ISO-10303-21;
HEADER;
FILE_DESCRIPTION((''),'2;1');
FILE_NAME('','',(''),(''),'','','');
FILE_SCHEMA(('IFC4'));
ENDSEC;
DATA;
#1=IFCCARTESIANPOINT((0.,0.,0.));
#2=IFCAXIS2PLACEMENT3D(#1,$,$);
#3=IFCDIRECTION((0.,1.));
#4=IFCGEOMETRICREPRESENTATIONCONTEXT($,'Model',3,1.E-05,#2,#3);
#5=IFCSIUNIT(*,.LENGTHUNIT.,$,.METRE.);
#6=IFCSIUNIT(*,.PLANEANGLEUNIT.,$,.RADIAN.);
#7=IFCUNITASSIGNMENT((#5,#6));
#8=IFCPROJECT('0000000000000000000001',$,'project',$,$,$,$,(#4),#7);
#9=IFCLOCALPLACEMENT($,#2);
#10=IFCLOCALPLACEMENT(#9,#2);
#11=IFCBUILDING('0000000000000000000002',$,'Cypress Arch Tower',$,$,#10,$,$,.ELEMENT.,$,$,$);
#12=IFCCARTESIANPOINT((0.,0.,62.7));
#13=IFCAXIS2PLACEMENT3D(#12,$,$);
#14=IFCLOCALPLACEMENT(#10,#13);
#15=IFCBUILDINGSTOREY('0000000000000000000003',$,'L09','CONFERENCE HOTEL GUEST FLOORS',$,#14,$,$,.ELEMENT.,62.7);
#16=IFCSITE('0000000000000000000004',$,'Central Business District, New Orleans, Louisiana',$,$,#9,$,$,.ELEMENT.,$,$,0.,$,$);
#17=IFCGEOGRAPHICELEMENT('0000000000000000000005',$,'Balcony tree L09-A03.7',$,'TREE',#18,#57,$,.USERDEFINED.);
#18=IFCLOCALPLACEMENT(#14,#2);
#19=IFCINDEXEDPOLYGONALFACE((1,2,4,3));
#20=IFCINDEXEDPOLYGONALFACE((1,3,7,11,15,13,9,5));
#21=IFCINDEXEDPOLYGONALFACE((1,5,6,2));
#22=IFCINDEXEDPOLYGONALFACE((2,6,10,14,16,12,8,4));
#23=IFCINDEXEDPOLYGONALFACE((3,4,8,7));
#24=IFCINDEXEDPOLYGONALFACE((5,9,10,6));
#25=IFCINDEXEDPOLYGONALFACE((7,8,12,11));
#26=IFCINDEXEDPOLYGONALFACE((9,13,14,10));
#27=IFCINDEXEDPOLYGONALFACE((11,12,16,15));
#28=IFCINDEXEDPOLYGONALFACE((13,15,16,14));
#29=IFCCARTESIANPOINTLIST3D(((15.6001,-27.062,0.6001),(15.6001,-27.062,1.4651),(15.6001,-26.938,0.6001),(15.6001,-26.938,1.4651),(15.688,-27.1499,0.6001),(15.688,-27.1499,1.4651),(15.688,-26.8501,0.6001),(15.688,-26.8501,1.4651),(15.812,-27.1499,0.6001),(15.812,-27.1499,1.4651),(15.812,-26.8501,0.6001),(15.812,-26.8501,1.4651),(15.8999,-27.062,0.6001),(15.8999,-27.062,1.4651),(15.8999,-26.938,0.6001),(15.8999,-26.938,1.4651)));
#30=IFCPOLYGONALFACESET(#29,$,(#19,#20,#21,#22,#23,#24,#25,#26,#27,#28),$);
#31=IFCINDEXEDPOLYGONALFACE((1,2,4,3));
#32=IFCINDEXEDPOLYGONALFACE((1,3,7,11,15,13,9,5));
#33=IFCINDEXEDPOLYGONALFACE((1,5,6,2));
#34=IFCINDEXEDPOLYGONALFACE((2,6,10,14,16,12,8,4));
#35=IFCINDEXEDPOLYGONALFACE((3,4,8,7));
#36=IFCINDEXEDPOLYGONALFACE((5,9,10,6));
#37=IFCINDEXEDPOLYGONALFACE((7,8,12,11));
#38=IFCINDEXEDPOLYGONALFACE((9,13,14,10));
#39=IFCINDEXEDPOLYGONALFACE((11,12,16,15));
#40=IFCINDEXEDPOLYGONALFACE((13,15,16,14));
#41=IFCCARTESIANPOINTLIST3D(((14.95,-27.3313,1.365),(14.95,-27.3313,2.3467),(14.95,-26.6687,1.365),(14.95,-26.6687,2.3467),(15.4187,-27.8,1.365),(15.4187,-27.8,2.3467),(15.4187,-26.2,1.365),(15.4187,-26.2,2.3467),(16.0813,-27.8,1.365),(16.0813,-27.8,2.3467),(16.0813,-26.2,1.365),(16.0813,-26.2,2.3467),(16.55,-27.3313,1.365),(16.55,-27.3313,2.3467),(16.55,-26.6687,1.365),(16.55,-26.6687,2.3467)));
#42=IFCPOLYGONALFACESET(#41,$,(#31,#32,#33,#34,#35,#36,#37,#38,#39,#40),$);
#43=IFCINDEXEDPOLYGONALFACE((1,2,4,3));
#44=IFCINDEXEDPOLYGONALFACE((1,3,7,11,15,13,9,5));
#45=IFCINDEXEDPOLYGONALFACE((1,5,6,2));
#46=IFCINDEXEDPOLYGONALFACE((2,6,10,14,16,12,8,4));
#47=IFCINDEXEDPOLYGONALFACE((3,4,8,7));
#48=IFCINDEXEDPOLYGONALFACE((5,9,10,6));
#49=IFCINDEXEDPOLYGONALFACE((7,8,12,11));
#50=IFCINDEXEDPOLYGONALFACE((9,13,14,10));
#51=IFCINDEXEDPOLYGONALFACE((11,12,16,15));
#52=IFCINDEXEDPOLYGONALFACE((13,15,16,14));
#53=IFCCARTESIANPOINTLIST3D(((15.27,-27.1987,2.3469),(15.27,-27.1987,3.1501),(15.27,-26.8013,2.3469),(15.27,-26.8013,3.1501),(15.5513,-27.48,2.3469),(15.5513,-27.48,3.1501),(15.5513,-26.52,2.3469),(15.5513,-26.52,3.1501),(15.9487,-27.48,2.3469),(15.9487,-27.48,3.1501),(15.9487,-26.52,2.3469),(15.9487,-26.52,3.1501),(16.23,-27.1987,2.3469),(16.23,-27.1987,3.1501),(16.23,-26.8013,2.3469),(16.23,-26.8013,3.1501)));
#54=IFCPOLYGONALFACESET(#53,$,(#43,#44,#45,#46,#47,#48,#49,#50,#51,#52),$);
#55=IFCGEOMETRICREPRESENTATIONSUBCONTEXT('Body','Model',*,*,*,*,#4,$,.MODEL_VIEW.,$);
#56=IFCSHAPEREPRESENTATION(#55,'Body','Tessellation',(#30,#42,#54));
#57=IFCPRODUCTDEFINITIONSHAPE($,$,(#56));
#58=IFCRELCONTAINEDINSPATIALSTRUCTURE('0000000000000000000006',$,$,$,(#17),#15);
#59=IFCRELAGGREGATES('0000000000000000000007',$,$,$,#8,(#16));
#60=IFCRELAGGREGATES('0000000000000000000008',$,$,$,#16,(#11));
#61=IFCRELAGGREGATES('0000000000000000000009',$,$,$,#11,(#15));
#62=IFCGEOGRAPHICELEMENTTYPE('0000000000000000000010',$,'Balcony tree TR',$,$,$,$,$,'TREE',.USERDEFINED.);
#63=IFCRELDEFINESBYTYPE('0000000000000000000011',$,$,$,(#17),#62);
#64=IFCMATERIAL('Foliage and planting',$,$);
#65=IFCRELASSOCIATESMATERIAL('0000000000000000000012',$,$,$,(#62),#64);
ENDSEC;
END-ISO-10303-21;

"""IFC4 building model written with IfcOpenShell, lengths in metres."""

from ifc_helpers import new_model, si_unit, direction, frame, origin, place, context, subcontext, project, spatial, polyline, outline, extrude, material, type_object, element, save


model = new_model("IFC4")

# Units and contexts
model_context = context("Model", 3, precision=1e-05, world=origin(), true_north=direction((0.0, 1.0)))
body_context = subcontext(model_context, "Body", "Model", "MODEL_VIEW")
ifc_project = project(units=[si_unit("LENGTHUNIT", "METRE"), si_unit("PLANEANGLEUNIT", "RADIAN")], contexts=[model_context])

# Site, building, storey
site_placement = place(None, origin())
site = spatial("IfcSite", under=ifc_project, at=site_placement, Name="Central Business District, New Orleans, Louisiana", CompositionType="ELEMENT", RefElevation=0.0)
building_placement = place(site_placement, origin())
building = spatial("IfcBuilding", under=site, at=building_placement, Name="Cypress Arch Tower", CompositionType="ELEMENT")
storey_placement = place(building_placement, frame((0.0, 0.0, 62.7)))
storey = spatial("IfcBuildingStorey", under=building, at=storey_placement, Name="L09", Description="CONFERENCE HOTEL GUEST FLOORS", CompositionType="ELEMENT", Elevation=62.7)

# Geographic element
ifc_material_1 = material(Name="Foliage and planting")
geographic_element_type = type_object("IfcGeographicElementType", Name="Balcony tree TR", ElementType="TREE", PredefinedType="USERDEFINED", material=ifc_material_1)
geographic_element_placement = place(storey_placement, frame((15.75, -27.0, 0.6001), z_axis=(0.0, 0.0, 1.0), x_axis=(1.0, 0.0, 0.0)))
element("IfcGeographicElement", 1, at=geographic_element_placement, inside=storey, type_object=geographic_element_type, Name="Balcony tree L09-A03.7", ObjectType="TREE", PredefinedType="USERDEFINED", context=body_context, shape_type="SweptSolid", body=[
    extrude(outline(polyline([(0.1499, 0.062), (0.062, 0.1499), (-0.062, 0.1499), (-0.1499, 0.062), (-0.1499, -0.062), (-0.062, -0.1499), (0.062, -0.1499), (0.1499, -0.062), (0.1499, 0.062)])), origin(), (0.0, 0.0, 1.0), 0.865),
    extrude(outline(polyline([(0.8, 0.3313), (0.3313, 0.8), (-0.3313, 0.8), (-0.8, 0.3313), (-0.8, -0.3313), (-0.3313, -0.8), (0.3313, -0.8), (0.8, -0.3313), (0.8, 0.3313)])), frame((0.0, 0.0, 0.7649)), (0.0, 0.0, 1.0), 0.9817),
    extrude(outline(polyline([(0.48, 0.1987), (0.1987, 0.48), (-0.1987, 0.48), (-0.48, 0.1987), (-0.48, -0.1987), (-0.1987, -0.48), (0.1987, -0.48), (0.48, -0.1987), (0.48, 0.1987)])), frame((0.0, 0.0, 1.7468)), (0.0, 0.0, 1.0), 0.8032),
])

save(model, "model.ifc")
